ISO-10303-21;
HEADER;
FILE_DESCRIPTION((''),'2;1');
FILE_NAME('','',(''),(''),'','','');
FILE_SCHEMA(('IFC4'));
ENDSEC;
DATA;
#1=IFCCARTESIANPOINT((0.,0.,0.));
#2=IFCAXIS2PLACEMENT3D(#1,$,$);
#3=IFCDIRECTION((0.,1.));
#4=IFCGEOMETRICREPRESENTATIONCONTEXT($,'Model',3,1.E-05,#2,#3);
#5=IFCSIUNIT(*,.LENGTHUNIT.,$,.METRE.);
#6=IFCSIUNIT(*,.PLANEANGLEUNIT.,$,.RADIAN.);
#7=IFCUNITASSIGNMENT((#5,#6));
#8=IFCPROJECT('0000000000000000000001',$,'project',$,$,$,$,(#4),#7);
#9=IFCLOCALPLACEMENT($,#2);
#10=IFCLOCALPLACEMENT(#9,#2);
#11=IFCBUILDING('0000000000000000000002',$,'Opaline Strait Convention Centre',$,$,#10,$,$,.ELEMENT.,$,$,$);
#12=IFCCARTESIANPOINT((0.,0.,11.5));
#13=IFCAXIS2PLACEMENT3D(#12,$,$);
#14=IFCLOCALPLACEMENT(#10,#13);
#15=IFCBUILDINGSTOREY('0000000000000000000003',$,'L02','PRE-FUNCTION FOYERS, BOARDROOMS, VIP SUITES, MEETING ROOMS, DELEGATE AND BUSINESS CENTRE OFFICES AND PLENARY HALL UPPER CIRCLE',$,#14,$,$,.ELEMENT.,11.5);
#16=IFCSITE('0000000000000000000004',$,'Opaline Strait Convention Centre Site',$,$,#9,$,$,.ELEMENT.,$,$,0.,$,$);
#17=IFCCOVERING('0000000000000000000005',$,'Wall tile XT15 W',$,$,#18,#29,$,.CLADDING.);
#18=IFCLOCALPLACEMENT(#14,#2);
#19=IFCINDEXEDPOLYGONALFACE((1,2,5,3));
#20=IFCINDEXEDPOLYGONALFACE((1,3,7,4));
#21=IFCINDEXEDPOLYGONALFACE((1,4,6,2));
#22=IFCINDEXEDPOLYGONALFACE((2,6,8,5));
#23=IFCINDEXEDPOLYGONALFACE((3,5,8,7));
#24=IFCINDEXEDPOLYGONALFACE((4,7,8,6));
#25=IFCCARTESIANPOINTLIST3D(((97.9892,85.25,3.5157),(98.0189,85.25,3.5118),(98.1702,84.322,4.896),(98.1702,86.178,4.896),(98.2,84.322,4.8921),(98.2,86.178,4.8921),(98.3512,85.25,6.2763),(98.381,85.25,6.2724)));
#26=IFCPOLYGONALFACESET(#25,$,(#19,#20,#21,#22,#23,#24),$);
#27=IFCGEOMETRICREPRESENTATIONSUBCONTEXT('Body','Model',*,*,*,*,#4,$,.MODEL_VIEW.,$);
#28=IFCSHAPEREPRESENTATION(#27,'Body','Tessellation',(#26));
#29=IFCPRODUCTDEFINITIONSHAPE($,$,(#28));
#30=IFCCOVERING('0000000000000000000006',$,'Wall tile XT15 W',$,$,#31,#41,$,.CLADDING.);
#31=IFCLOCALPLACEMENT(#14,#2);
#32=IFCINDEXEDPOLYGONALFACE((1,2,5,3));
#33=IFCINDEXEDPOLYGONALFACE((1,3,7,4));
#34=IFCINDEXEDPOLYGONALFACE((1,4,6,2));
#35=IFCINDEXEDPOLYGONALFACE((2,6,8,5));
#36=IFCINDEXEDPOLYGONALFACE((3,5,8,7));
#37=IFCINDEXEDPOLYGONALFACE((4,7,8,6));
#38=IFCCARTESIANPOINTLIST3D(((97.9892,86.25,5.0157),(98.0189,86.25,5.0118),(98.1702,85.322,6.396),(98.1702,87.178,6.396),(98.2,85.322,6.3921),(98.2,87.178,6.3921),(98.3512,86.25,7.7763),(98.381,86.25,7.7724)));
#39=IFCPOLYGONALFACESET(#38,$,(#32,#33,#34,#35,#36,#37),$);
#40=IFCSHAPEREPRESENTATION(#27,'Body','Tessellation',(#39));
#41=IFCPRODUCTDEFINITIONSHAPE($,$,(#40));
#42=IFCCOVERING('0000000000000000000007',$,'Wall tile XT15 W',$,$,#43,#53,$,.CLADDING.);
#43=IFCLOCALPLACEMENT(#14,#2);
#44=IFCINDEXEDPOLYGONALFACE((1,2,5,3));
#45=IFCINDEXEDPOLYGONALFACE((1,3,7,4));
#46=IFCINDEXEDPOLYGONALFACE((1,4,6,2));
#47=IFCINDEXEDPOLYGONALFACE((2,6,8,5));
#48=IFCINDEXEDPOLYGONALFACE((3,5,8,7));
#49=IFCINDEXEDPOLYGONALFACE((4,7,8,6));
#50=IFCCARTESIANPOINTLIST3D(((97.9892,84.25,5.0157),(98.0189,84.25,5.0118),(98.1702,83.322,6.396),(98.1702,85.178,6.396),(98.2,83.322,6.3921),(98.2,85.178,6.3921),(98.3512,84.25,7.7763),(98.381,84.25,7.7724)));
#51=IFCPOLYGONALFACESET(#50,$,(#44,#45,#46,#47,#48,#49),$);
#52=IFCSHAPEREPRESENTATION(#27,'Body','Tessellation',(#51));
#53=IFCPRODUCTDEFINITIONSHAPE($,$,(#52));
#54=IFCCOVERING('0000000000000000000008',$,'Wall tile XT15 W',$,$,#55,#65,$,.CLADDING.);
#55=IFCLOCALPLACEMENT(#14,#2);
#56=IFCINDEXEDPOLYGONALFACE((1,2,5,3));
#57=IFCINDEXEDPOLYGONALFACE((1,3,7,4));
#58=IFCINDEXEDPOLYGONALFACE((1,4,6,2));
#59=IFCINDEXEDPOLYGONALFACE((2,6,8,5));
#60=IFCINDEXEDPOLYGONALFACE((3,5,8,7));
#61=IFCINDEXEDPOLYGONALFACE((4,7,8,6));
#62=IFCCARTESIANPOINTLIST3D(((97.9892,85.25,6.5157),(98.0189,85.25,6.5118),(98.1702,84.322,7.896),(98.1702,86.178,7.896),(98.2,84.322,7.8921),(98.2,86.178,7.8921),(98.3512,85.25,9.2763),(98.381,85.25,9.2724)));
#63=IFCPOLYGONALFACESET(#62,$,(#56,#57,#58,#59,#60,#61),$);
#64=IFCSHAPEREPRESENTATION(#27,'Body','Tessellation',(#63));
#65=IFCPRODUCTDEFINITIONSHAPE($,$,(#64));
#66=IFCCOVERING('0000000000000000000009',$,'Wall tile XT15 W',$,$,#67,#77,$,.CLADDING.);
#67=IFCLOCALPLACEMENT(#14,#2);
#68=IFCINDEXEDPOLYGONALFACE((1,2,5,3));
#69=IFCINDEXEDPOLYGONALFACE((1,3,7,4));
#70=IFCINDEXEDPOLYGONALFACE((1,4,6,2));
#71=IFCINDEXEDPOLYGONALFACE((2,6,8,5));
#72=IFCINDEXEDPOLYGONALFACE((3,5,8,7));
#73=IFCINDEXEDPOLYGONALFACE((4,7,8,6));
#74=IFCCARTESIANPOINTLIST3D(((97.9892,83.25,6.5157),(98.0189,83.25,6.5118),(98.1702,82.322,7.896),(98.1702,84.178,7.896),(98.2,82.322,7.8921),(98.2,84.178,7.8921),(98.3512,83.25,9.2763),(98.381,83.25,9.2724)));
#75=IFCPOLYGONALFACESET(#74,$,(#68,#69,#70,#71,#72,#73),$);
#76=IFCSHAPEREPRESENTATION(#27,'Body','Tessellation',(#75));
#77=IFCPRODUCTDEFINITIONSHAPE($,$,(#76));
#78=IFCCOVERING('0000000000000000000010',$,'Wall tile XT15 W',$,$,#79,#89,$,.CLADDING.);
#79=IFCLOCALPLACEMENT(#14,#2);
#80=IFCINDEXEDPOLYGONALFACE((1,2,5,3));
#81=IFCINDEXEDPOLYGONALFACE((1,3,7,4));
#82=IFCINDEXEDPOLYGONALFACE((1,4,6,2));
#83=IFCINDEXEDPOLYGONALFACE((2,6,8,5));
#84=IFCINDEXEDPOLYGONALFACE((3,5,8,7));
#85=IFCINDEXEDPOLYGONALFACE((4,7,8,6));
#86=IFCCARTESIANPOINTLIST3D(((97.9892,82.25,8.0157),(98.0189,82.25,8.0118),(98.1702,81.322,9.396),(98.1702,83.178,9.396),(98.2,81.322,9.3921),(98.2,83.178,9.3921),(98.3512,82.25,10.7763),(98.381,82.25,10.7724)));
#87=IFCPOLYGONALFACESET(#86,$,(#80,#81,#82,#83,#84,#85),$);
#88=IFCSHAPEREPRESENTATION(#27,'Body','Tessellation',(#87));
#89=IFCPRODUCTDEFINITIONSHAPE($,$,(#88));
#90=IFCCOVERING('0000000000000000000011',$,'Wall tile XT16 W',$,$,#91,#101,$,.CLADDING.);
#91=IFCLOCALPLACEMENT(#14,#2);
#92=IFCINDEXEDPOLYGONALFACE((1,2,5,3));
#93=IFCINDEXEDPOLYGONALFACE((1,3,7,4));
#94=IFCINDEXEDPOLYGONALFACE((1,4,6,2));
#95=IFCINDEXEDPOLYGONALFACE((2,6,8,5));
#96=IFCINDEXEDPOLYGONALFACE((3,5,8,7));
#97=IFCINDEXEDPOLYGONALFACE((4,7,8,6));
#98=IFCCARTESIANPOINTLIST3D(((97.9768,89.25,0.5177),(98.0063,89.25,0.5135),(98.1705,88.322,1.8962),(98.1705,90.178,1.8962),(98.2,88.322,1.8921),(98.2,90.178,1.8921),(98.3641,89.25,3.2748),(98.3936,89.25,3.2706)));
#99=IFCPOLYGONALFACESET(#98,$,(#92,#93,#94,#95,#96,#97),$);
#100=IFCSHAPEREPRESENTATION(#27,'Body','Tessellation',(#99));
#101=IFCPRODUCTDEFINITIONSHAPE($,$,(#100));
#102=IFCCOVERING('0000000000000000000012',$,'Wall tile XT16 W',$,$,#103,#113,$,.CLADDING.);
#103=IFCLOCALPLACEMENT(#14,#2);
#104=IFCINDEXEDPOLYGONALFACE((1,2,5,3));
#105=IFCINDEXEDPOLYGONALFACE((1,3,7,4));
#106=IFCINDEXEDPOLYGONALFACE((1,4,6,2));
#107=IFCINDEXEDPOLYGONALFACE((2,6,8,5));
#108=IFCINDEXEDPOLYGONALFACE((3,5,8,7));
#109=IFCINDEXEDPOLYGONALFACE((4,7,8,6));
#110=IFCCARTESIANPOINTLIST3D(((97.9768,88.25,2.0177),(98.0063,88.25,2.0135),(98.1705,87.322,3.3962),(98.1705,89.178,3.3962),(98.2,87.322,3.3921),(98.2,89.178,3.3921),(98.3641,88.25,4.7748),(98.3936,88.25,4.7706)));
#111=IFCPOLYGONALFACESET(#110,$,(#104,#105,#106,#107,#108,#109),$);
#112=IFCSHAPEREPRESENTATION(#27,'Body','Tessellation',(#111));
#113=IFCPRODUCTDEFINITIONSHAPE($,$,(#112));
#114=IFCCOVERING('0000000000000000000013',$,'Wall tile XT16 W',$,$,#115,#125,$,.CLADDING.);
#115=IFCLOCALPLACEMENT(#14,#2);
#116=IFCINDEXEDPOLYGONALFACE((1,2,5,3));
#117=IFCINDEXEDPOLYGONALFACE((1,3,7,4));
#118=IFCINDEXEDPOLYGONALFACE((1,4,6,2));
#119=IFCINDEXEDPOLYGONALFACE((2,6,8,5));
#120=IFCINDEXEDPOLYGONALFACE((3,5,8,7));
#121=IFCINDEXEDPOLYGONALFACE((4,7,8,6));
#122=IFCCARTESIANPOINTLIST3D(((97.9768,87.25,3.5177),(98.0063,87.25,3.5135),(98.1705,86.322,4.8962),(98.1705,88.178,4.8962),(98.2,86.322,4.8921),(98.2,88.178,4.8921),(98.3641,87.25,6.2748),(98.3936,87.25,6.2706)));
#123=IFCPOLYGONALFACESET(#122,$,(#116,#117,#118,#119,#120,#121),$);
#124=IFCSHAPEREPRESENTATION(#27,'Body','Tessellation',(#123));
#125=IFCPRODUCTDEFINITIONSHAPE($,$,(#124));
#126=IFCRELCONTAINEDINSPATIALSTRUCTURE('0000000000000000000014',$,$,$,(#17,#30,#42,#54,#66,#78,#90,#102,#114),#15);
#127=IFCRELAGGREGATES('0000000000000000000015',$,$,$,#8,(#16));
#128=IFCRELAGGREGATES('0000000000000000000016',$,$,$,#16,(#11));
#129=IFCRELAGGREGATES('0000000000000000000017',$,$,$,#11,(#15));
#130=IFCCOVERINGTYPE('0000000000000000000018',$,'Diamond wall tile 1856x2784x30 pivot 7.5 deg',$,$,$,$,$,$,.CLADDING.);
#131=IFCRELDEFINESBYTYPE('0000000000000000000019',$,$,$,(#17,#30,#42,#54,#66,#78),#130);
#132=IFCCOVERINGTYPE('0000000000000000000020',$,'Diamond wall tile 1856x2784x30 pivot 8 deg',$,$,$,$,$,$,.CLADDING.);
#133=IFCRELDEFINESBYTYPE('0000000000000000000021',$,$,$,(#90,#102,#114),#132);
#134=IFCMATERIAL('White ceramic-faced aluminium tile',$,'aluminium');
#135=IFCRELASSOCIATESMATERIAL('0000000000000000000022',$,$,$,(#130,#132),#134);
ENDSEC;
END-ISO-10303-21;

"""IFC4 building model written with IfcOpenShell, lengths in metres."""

from ifc_helpers import new_model, si_unit, direction, frame, origin, place, context, subcontext, project, spatial, polyline, outline, extrude, material, material_profile, profile_set, type_object, element, save


model = new_model("IFC4")

# Units and contexts
model_context = context("Model", 3, precision=1e-05, world=origin(), true_north=direction((0.0, 1.0)))
body_context = subcontext(model_context, "Body", "Model", "MODEL_VIEW")
ifc_project = project(units=[si_unit("LENGTHUNIT", "METRE"), si_unit("PLANEANGLEUNIT", "RADIAN")], contexts=[model_context])

# Site, building, storey
site_placement = place(None, origin())
site = spatial("IfcSite", under=ifc_project, at=site_placement, Name="Opaline Strait Convention Centre Site", CompositionType="ELEMENT", RefElevation=0.0)
building_placement = place(site_placement, origin())
building = spatial("IfcBuilding", under=site, at=building_placement, Name="Opaline Strait Convention Centre", CompositionType="ELEMENT")
storey_placement = place(building_placement, frame((0.0, 0.0, 11.5)))
storey = spatial("IfcBuildingStorey", under=building, at=storey_placement, Name="L02", Description="PRE-FUNCTION FOYERS, BOARDROOMS, VIP SUITES, MEETING ROOMS, DELEGATE AND BUSINESS CENTRE OFFICES AND PLENARY HALL UPPER CIRCLE", CompositionType="ELEMENT", Elevation=11.5)

# Coverings
ifc_material = material(Name="White ceramic-faced aluminium tile", Category="aluminium")
ifc_material_profile_1 = material_profile(ifc_material, outline(polyline([(0.928, 0.0), (0.0, 1.3921), (-0.928, 0.0), (0.0, -1.3921), (0.928, 0.0)])), Name="Diamond tile 1856x2784")
ifc_profile_set_1 = profile_set([ifc_material_profile_1], Name="White ceramic-faced aluminium tile")
covering_type_1 = type_object("IfcCoveringType", Name="Diamond wall tile 1856x2784x30 pivot 7.5 deg", PredefinedType="CLADDING", material=ifc_profile_set_1)
for number, where, z_axis, x_axis, name in (
    (1, (98.2, 85.25, 4.8921), (-0.99151, 0.0, 0.130034), (0.0, -1.0, 0.0), "Wall tile XT15 W"),
    (2, (98.2, 86.25, 6.3921), (-0.99151, 0.0, 0.130034), (0.0, -1.0, 0.0), "Wall tile XT15 W"),
    (3, (98.2, 84.25, 6.3921), (-0.99151, 0.0, 0.130034), (0.0, -1.0, 0.0), "Wall tile XT15 W"),
    (4, (98.2, 85.25, 7.8921), (-0.99151, 0.0, 0.130034), (0.0, -1.0, 0.0), "Wall tile XT15 W"),
    (5, (98.2, 83.25, 7.8921), (-0.99151, 0.0, 0.130034), (0.0, -1.0, 0.0), "Wall tile XT15 W"),
    (6, (98.2, 82.25, 9.3921), (-0.99151, 0.0, 0.130034), (0.0, -1.0, 0.0), "Wall tile XT15 W"),
):
    element("IfcCovering", number, at=place(storey_placement, frame(where, z_axis=z_axis, x_axis=x_axis)), inside=storey, type_object=covering_type_1, Name=name, PredefinedType="CLADDING", context=body_context, shape_type="SweptSolid", body=[
        extrude(outline(polyline([(0.928, 0.0), (0.0, 1.3921), (-0.928, 0.0), (0.0, -1.3921), (0.928, 0.0)])), origin(), (0.0, 0.0, 1.0), 0.03),
    ])
ifc_material_profile_2 = material_profile(ifc_material, outline(polyline([(0.928, 0.0), (0.0, 1.3921), (-0.928, 0.0), (0.0, -1.3921), (0.928, 0.0)])), Name="Diamond tile 1856x2784")
ifc_profile_set_2 = profile_set([ifc_material_profile_2], Name="White ceramic-faced aluminium tile")
covering_type_2 = type_object("IfcCoveringType", Name="Diamond wall tile 1856x2784x30 pivot 8 deg", PredefinedType="CLADDING", material=ifc_profile_set_2)
for number, where, z_axis, x_axis, name in (
    (7, (98.2, 89.25, 1.8921), (-0.990274, 0.0, 0.139129), (0.0, -1.0, 0.0), "Wall tile XT16 W"),
    (8, (98.2, 88.25, 3.3921), (-0.990274, 0.0, 0.139129), (0.0, -1.0, 0.0), "Wall tile XT16 W"),
    (9, (98.2, 87.25, 4.8921), (-0.990274, 0.0, 0.139129), (0.0, -1.0, 0.0), "Wall tile XT16 W"),
):
    element("IfcCovering", number, at=place(storey_placement, frame(where, z_axis=z_axis, x_axis=x_axis)), inside=storey, type_object=covering_type_2, Name=name, PredefinedType="CLADDING", context=body_context, shape_type="SweptSolid", body=[
        extrude(outline(polyline([(0.928, 0.0), (0.0, 1.3921), (-0.928, 0.0), (0.0, -1.3921), (0.928, 0.0)])), origin(), (0.0, 0.0, 1.0), 0.0298),
    ])

save(model, "model.ifc")
